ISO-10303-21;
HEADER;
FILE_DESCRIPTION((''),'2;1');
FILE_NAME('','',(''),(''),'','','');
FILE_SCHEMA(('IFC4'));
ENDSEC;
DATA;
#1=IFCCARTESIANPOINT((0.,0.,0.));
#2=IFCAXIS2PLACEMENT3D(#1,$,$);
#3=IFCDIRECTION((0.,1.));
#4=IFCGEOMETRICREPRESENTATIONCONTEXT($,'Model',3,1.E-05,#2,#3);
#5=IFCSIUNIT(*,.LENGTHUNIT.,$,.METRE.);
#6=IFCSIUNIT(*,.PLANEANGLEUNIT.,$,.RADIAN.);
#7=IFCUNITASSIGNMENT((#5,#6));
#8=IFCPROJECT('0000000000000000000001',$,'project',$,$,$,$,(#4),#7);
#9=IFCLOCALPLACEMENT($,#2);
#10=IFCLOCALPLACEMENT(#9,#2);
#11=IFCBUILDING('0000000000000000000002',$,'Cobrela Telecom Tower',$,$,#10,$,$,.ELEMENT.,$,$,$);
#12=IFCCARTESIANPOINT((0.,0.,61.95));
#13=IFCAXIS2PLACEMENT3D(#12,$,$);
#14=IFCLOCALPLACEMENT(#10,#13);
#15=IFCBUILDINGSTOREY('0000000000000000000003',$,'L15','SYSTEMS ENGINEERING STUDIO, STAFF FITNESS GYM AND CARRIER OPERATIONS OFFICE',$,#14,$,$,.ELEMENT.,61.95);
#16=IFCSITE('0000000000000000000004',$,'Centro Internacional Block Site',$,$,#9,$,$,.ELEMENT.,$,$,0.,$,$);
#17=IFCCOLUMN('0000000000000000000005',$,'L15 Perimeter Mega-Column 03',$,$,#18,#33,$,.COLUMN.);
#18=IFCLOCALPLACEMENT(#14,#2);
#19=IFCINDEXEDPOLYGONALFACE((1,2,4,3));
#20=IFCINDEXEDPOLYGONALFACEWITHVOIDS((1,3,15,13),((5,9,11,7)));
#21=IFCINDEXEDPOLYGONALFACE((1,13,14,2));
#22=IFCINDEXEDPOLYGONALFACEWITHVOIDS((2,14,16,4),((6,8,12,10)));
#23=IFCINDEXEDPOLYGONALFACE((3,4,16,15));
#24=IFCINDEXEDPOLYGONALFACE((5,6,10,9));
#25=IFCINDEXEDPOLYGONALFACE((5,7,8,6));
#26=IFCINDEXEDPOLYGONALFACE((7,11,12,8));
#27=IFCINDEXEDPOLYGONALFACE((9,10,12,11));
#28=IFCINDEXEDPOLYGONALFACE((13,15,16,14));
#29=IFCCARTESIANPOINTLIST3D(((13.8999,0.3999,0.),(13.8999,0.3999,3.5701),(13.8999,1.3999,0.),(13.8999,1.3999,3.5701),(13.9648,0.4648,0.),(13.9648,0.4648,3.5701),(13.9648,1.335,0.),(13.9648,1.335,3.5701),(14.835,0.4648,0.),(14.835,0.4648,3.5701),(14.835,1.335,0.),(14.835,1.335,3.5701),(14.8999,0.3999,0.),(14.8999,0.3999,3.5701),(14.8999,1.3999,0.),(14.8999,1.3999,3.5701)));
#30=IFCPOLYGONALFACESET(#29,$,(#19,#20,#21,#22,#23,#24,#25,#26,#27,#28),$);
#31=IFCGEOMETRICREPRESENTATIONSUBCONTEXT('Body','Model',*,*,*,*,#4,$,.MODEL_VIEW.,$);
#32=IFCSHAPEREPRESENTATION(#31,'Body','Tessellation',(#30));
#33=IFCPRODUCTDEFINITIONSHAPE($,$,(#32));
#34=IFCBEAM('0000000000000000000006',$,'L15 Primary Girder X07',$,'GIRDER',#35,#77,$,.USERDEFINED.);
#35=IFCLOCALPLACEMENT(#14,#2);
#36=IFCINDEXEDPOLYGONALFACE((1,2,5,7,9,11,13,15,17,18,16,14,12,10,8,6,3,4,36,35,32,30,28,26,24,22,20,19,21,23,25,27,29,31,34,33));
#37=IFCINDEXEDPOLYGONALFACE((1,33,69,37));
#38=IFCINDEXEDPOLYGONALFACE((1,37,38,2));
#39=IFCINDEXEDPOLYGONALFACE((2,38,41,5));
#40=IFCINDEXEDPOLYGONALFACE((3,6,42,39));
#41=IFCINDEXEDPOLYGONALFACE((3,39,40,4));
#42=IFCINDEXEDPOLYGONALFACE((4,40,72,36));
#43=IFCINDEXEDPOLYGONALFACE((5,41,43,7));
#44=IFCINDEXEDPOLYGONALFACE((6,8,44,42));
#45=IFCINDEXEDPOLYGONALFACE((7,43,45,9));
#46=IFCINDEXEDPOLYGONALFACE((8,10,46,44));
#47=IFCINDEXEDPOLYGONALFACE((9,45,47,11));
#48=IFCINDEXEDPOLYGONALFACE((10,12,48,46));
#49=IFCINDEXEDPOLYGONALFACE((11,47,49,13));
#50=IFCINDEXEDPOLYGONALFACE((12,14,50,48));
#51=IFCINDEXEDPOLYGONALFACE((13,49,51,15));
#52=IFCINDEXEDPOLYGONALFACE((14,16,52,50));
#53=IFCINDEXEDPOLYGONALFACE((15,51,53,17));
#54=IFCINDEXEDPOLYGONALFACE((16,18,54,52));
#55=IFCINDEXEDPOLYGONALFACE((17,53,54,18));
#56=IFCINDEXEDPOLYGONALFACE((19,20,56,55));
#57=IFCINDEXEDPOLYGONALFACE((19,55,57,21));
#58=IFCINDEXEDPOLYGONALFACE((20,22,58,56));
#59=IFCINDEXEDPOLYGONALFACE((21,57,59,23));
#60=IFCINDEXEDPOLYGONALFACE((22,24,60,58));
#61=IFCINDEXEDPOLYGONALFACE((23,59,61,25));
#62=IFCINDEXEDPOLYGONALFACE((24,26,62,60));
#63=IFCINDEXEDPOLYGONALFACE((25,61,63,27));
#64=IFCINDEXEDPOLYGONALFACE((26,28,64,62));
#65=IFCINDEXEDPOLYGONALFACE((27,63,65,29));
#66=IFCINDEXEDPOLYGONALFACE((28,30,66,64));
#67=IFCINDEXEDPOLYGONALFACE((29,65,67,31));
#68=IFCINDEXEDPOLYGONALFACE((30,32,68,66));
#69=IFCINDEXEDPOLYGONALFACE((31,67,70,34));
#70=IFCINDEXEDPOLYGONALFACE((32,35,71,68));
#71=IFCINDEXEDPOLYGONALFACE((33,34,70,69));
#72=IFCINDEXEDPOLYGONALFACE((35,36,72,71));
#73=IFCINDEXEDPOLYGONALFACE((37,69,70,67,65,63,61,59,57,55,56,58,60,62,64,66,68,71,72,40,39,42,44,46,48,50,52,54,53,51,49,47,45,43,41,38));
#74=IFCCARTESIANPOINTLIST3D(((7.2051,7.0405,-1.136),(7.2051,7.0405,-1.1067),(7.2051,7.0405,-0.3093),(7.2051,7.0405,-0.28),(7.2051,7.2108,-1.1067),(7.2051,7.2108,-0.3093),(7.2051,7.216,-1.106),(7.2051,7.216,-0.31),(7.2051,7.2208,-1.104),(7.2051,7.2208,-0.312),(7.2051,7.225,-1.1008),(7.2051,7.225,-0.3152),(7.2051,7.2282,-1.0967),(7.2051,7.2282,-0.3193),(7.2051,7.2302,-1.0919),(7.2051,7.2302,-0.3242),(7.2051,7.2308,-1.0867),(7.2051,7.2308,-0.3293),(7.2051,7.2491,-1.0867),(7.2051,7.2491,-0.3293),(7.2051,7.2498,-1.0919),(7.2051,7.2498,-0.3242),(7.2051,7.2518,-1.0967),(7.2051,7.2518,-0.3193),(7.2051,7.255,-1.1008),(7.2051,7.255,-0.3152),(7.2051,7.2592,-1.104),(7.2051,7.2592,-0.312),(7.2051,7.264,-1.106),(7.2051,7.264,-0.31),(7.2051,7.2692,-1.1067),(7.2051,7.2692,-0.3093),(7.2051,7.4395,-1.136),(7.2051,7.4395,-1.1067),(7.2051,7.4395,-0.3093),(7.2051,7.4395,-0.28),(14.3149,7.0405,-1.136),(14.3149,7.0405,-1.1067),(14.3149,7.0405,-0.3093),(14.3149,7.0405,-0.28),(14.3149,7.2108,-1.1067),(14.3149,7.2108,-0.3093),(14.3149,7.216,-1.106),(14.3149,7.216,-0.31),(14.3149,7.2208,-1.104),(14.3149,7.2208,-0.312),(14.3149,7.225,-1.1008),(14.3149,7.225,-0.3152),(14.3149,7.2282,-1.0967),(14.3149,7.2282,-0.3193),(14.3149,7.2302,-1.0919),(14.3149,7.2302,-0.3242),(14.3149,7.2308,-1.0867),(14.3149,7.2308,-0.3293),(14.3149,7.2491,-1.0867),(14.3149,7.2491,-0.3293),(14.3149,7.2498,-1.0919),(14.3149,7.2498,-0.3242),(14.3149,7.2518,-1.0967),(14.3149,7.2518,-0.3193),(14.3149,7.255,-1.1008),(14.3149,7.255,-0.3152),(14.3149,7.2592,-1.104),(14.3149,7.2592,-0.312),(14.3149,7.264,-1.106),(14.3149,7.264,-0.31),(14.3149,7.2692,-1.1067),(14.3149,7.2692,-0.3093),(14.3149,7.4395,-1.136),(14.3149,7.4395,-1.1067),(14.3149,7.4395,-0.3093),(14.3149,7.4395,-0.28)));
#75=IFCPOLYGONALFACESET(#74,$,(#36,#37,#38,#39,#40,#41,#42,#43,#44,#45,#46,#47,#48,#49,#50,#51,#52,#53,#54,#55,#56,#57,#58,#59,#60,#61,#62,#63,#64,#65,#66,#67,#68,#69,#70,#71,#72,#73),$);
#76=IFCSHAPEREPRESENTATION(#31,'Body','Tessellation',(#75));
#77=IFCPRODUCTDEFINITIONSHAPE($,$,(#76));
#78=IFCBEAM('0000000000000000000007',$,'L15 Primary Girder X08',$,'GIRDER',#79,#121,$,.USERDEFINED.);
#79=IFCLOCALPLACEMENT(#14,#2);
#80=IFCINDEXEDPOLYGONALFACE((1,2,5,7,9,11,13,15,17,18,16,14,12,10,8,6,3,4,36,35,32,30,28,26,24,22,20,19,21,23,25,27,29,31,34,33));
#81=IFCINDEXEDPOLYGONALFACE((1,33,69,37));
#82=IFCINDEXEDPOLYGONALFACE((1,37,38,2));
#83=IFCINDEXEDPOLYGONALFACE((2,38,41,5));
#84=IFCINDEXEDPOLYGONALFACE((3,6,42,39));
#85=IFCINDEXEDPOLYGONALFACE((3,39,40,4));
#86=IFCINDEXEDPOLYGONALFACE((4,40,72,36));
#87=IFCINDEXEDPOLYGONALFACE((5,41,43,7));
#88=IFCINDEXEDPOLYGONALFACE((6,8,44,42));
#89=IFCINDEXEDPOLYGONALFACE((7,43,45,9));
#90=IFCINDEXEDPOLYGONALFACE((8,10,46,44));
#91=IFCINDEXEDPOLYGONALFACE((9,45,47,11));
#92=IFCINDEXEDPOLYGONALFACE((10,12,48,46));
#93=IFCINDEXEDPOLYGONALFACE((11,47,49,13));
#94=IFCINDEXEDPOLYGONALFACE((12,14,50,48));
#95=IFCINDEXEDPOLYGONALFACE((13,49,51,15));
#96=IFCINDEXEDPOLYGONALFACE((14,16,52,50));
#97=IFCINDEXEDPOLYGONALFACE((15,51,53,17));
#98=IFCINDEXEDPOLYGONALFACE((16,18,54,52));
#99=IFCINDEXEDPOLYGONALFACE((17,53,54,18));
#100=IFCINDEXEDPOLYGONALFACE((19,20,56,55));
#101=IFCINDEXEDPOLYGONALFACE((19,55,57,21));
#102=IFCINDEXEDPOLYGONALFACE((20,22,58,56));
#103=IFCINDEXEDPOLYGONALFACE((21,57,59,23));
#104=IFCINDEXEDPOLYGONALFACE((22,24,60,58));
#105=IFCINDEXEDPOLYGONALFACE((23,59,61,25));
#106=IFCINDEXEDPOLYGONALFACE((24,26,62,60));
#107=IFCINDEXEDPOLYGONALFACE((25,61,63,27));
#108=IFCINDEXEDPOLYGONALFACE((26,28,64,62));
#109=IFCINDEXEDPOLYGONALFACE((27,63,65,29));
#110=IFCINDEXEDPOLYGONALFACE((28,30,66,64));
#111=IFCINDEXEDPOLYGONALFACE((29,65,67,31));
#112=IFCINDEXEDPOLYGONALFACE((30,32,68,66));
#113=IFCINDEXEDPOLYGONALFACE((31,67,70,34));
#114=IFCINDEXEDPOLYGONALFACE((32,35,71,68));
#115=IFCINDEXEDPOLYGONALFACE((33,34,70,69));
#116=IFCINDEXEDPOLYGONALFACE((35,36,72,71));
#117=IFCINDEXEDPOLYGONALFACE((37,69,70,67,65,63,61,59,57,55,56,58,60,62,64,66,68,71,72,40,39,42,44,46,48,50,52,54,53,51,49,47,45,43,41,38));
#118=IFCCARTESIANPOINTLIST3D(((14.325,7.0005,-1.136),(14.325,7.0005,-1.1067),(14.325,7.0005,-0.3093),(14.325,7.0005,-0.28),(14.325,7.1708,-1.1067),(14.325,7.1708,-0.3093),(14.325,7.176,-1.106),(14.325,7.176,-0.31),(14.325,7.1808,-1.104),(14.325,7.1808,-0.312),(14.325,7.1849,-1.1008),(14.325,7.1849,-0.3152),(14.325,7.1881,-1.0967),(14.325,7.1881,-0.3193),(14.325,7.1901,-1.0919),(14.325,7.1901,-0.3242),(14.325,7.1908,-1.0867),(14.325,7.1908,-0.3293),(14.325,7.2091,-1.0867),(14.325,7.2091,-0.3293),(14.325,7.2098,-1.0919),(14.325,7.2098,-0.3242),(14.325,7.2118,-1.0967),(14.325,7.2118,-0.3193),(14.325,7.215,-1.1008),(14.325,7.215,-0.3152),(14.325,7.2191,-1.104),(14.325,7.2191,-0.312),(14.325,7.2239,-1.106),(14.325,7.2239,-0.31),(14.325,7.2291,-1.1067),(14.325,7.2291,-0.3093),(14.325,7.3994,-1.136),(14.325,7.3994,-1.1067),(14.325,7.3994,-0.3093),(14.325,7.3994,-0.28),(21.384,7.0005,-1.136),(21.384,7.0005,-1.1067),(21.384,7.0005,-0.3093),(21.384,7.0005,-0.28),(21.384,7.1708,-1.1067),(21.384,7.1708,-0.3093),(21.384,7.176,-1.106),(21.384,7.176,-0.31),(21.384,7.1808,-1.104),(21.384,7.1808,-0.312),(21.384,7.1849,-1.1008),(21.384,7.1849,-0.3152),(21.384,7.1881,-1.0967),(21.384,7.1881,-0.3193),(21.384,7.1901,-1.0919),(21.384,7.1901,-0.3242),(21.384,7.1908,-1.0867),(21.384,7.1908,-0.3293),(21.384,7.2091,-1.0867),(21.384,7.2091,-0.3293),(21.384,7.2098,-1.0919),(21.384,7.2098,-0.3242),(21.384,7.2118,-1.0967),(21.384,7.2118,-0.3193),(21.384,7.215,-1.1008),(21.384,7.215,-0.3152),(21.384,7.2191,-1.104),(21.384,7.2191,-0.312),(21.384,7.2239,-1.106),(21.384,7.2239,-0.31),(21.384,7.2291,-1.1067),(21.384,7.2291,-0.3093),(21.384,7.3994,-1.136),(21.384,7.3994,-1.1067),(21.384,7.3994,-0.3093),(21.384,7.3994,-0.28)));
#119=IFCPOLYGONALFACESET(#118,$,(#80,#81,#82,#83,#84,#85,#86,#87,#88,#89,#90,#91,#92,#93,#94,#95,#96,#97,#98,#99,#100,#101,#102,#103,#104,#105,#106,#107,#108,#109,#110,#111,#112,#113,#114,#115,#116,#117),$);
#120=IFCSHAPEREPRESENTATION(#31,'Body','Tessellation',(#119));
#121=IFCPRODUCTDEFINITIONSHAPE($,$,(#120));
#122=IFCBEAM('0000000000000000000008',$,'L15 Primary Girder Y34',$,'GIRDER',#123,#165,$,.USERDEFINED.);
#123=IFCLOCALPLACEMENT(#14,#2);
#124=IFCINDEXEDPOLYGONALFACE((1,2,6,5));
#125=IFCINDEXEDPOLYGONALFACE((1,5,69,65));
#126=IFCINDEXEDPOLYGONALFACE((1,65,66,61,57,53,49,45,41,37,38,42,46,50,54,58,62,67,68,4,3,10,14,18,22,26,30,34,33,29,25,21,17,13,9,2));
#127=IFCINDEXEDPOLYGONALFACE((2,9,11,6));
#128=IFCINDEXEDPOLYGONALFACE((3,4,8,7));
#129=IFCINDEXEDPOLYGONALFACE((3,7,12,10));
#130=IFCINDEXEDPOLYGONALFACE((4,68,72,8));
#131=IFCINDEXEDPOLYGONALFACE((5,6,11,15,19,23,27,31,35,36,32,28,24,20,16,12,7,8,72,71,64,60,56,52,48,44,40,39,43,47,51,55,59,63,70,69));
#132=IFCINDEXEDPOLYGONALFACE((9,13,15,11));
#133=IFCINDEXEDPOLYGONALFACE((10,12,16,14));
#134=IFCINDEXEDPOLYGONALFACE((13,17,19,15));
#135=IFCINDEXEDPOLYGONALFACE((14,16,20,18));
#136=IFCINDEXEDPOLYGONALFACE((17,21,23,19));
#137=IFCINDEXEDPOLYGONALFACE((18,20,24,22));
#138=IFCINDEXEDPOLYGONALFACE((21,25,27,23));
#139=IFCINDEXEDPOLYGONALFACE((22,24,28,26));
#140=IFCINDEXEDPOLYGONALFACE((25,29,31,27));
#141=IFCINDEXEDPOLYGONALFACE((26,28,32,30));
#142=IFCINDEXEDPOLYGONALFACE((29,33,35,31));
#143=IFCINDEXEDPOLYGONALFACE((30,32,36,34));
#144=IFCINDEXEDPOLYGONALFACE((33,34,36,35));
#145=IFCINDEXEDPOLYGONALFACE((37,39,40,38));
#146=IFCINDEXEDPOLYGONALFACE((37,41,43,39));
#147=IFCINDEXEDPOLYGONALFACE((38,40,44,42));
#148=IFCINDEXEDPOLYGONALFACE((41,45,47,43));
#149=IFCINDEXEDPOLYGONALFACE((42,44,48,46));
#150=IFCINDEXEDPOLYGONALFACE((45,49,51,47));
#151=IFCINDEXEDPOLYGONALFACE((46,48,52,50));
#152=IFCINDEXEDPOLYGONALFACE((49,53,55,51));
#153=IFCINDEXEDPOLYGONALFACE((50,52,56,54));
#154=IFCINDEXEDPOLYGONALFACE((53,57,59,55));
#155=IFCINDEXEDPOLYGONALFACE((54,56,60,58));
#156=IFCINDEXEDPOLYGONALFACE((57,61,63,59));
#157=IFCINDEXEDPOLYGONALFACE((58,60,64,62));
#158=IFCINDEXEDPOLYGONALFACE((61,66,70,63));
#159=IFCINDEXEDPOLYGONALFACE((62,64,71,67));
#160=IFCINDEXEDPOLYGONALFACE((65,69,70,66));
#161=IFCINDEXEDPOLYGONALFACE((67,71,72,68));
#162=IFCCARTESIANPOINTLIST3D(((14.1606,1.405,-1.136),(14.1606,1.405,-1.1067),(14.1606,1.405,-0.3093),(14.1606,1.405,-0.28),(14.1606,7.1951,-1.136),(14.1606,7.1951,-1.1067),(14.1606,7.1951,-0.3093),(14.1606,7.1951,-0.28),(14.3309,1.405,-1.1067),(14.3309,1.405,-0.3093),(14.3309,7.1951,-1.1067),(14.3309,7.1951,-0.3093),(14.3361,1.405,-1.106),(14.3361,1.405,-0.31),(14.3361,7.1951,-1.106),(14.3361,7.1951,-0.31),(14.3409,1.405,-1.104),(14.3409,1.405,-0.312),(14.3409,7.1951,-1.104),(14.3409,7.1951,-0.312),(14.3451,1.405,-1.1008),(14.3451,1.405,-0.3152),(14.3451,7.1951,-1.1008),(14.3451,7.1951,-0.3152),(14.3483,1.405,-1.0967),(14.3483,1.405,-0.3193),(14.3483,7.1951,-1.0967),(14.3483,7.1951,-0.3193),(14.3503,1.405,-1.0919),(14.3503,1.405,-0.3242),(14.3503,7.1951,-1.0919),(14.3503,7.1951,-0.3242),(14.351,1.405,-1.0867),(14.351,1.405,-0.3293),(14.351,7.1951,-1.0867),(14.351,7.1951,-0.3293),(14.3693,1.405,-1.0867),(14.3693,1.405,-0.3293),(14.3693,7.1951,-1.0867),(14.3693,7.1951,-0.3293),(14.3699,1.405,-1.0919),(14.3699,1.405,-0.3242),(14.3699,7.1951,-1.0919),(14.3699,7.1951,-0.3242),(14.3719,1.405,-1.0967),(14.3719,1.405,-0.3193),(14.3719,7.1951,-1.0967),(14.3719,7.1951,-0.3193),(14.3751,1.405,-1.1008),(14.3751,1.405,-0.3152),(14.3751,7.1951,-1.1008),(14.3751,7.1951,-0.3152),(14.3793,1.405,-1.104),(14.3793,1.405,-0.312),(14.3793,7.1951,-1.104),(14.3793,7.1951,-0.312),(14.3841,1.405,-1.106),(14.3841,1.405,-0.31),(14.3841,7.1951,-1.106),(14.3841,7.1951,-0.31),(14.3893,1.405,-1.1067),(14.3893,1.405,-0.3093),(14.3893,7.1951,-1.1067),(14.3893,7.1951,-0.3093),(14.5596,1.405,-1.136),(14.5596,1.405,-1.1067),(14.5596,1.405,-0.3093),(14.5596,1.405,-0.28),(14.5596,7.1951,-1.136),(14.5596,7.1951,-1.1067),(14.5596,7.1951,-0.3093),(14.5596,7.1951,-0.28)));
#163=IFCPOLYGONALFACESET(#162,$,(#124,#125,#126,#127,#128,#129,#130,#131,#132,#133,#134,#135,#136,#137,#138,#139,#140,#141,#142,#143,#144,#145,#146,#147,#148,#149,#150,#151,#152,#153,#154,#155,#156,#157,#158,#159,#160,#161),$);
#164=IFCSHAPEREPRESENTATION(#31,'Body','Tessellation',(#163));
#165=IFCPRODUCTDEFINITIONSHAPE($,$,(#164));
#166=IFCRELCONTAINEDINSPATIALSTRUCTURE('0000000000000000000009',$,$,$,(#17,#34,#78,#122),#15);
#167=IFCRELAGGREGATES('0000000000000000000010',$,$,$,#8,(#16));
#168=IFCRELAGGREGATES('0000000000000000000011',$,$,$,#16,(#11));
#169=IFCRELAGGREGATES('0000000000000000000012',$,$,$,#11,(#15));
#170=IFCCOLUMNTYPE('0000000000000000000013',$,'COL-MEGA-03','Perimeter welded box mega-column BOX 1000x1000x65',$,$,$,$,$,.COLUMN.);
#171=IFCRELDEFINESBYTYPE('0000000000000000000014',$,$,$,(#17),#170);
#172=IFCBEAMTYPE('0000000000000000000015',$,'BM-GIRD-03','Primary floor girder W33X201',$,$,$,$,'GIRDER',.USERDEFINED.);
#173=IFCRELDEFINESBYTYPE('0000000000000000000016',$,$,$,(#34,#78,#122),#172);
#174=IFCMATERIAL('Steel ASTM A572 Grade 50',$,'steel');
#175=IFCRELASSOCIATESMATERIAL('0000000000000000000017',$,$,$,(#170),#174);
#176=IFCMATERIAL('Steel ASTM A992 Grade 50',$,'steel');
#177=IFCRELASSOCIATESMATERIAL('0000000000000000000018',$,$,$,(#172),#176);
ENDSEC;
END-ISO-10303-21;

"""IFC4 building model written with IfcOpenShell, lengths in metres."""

from ifc_helpers import new_model, si_unit, direction, frame, origin, origin_2d, place, context, subcontext, project, spatial, hollow_rectangle, i_section, extrude, material, material_profile, profile_set, type_object, element, save


model = new_model("IFC4")

# Units and contexts
model_context = context("Model", 3, precision=1e-05, world=origin(), true_north=direction((0.0, 1.0)))
body_context = subcontext(model_context, "Body", "Model", "MODEL_VIEW")
ifc_project = project(units=[si_unit("LENGTHUNIT", "METRE"), si_unit("PLANEANGLEUNIT", "RADIAN")], contexts=[model_context])

# Site, building, storey
site_placement = place(None, origin())
site = spatial("IfcSite", under=ifc_project, at=site_placement, Name="Centro Internacional Block Site", CompositionType="ELEMENT", RefElevation=0.0)
building_placement = place(site_placement, origin())
building = spatial("IfcBuilding", under=site, at=building_placement, Name="Cobrela Telecom Tower", CompositionType="ELEMENT")
storey_placement = place(building_placement, frame((0.0, 0.0, 61.95)))
storey = spatial("IfcBuildingStorey", under=building, at=storey_placement, Name="L15", Description="SYSTEMS ENGINEERING STUDIO, STAFF FITNESS GYM AND CARRIER OPERATIONS OFFICE", CompositionType="ELEMENT", Elevation=61.95)

# Column
ifc_material_1 = material(Name="Steel ASTM A572 Grade 50", Category="steel")
ifc_material_profile_1 = material_profile(ifc_material_1, hollow_rectangle(XDim=1.0, YDim=1.0, WallThickness=0.0649, at=origin_2d()), Name="BOX 1000x1000x65")
ifc_profile_set_1 = profile_set([ifc_material_profile_1], Name="Steel ASTM A572 Grade 50")
column_type = type_object("IfcColumnType", Name="COL-MEGA-03", Description="Perimeter welded box mega-column BOX 1000x1000x65", PredefinedType="COLUMN", material=ifc_profile_set_1)
column_placement = place(storey_placement, frame((14.3999, 0.8999, 0.0), z_axis=(0.0, 0.0, 1.0), x_axis=(1.0, 0.0, 0.0)))
element("IfcColumn", 1, at=column_placement, inside=storey, type_object=column_type, Name="L15 Perimeter Mega-Column 03", PredefinedType="COLUMN", context=body_context, shape_type="SweptSolid", body=[
    extrude(hollow_rectangle(XDim=1.0, YDim=1.0, WallThickness=0.0649, at=origin_2d()), origin(), (0.0, 0.0, 1.0), 3.5701),
])

# Beams
ifc_material_2 = material(Name="Steel ASTM A992 Grade 50", Category="steel")
ifc_material_profile_2 = material_profile(ifc_material_2, i_section(OverallWidth=0.3989, OverallDepth=0.856, WebThickness=0.0183, FlangeThickness=0.0293, FilletRadius=0.02, at=origin_2d()), Name="W33X201")
ifc_profile_set_2 = profile_set([ifc_material_profile_2], Name="Steel ASTM A992 Grade 50")
beam_type_1 = type_object("IfcBeamType", Name="BM-GIRD-03", Description="Primary floor girder W33X201", ElementType="GIRDER", PredefinedType="USERDEFINED", material=ifc_profile_set_2)
beam_1_placement = place(storey_placement, frame((7.2051, 7.24, -0.708), z_axis=(1.0, 0.0, 0.0), x_axis=(0.0, 1.0, 0.0)))
element("IfcBeam", 2, at=beam_1_placement, inside=storey, type_object=beam_type_1, Name="L15 Primary Girder X07", ObjectType="GIRDER", PredefinedType="USERDEFINED", context=body_context, shape_type="SweptSolid", body=[
    extrude(i_section(OverallWidth=0.3989, OverallDepth=0.856, WebThickness=0.0183, FlangeThickness=0.0293, FilletRadius=0.02, at=origin_2d()), origin(), (0.0, 0.0, 1.0), 7.1099),
])
beam_2_placement = place(storey_placement, frame((14.325, 7.2, -0.708), z_axis=(1.0, 0.0, 0.0), x_axis=(0.0, 1.0, 0.0)))
element("IfcBeam", 3, at=beam_2_placement, inside=storey, type_object=beam_type_1, Name="L15 Primary Girder X08", ObjectType="GIRDER", PredefinedType="USERDEFINED", context=body_context, shape_type="SweptSolid", body=[
    extrude(i_section(OverallWidth=0.3989, OverallDepth=0.856, WebThickness=0.0183, FlangeThickness=0.0293, FilletRadius=0.02, at=origin_2d()), origin(), (0.0, 0.0, 1.0), 7.0591),
])
beam_3_placement = place(storey_placement, frame((14.3601, 1.405, -0.708), z_axis=(0.0, 1.0, 0.0), x_axis=(-1.0, 0.0, 0.0)))
element("IfcBeam", 4, at=beam_3_placement, inside=storey, type_object=beam_type_1, Name="L15 Primary Girder Y34", ObjectType="GIRDER", PredefinedType="USERDEFINED", context=body_context, shape_type="SweptSolid", body=[
    extrude(i_section(OverallWidth=0.3989, OverallDepth=0.856, WebThickness=0.0183, FlangeThickness=0.0293, FilletRadius=0.02, at=origin_2d()), origin(), (0.0, 0.0, 1.0), 5.79),
])

save(model, "model.ifc")
